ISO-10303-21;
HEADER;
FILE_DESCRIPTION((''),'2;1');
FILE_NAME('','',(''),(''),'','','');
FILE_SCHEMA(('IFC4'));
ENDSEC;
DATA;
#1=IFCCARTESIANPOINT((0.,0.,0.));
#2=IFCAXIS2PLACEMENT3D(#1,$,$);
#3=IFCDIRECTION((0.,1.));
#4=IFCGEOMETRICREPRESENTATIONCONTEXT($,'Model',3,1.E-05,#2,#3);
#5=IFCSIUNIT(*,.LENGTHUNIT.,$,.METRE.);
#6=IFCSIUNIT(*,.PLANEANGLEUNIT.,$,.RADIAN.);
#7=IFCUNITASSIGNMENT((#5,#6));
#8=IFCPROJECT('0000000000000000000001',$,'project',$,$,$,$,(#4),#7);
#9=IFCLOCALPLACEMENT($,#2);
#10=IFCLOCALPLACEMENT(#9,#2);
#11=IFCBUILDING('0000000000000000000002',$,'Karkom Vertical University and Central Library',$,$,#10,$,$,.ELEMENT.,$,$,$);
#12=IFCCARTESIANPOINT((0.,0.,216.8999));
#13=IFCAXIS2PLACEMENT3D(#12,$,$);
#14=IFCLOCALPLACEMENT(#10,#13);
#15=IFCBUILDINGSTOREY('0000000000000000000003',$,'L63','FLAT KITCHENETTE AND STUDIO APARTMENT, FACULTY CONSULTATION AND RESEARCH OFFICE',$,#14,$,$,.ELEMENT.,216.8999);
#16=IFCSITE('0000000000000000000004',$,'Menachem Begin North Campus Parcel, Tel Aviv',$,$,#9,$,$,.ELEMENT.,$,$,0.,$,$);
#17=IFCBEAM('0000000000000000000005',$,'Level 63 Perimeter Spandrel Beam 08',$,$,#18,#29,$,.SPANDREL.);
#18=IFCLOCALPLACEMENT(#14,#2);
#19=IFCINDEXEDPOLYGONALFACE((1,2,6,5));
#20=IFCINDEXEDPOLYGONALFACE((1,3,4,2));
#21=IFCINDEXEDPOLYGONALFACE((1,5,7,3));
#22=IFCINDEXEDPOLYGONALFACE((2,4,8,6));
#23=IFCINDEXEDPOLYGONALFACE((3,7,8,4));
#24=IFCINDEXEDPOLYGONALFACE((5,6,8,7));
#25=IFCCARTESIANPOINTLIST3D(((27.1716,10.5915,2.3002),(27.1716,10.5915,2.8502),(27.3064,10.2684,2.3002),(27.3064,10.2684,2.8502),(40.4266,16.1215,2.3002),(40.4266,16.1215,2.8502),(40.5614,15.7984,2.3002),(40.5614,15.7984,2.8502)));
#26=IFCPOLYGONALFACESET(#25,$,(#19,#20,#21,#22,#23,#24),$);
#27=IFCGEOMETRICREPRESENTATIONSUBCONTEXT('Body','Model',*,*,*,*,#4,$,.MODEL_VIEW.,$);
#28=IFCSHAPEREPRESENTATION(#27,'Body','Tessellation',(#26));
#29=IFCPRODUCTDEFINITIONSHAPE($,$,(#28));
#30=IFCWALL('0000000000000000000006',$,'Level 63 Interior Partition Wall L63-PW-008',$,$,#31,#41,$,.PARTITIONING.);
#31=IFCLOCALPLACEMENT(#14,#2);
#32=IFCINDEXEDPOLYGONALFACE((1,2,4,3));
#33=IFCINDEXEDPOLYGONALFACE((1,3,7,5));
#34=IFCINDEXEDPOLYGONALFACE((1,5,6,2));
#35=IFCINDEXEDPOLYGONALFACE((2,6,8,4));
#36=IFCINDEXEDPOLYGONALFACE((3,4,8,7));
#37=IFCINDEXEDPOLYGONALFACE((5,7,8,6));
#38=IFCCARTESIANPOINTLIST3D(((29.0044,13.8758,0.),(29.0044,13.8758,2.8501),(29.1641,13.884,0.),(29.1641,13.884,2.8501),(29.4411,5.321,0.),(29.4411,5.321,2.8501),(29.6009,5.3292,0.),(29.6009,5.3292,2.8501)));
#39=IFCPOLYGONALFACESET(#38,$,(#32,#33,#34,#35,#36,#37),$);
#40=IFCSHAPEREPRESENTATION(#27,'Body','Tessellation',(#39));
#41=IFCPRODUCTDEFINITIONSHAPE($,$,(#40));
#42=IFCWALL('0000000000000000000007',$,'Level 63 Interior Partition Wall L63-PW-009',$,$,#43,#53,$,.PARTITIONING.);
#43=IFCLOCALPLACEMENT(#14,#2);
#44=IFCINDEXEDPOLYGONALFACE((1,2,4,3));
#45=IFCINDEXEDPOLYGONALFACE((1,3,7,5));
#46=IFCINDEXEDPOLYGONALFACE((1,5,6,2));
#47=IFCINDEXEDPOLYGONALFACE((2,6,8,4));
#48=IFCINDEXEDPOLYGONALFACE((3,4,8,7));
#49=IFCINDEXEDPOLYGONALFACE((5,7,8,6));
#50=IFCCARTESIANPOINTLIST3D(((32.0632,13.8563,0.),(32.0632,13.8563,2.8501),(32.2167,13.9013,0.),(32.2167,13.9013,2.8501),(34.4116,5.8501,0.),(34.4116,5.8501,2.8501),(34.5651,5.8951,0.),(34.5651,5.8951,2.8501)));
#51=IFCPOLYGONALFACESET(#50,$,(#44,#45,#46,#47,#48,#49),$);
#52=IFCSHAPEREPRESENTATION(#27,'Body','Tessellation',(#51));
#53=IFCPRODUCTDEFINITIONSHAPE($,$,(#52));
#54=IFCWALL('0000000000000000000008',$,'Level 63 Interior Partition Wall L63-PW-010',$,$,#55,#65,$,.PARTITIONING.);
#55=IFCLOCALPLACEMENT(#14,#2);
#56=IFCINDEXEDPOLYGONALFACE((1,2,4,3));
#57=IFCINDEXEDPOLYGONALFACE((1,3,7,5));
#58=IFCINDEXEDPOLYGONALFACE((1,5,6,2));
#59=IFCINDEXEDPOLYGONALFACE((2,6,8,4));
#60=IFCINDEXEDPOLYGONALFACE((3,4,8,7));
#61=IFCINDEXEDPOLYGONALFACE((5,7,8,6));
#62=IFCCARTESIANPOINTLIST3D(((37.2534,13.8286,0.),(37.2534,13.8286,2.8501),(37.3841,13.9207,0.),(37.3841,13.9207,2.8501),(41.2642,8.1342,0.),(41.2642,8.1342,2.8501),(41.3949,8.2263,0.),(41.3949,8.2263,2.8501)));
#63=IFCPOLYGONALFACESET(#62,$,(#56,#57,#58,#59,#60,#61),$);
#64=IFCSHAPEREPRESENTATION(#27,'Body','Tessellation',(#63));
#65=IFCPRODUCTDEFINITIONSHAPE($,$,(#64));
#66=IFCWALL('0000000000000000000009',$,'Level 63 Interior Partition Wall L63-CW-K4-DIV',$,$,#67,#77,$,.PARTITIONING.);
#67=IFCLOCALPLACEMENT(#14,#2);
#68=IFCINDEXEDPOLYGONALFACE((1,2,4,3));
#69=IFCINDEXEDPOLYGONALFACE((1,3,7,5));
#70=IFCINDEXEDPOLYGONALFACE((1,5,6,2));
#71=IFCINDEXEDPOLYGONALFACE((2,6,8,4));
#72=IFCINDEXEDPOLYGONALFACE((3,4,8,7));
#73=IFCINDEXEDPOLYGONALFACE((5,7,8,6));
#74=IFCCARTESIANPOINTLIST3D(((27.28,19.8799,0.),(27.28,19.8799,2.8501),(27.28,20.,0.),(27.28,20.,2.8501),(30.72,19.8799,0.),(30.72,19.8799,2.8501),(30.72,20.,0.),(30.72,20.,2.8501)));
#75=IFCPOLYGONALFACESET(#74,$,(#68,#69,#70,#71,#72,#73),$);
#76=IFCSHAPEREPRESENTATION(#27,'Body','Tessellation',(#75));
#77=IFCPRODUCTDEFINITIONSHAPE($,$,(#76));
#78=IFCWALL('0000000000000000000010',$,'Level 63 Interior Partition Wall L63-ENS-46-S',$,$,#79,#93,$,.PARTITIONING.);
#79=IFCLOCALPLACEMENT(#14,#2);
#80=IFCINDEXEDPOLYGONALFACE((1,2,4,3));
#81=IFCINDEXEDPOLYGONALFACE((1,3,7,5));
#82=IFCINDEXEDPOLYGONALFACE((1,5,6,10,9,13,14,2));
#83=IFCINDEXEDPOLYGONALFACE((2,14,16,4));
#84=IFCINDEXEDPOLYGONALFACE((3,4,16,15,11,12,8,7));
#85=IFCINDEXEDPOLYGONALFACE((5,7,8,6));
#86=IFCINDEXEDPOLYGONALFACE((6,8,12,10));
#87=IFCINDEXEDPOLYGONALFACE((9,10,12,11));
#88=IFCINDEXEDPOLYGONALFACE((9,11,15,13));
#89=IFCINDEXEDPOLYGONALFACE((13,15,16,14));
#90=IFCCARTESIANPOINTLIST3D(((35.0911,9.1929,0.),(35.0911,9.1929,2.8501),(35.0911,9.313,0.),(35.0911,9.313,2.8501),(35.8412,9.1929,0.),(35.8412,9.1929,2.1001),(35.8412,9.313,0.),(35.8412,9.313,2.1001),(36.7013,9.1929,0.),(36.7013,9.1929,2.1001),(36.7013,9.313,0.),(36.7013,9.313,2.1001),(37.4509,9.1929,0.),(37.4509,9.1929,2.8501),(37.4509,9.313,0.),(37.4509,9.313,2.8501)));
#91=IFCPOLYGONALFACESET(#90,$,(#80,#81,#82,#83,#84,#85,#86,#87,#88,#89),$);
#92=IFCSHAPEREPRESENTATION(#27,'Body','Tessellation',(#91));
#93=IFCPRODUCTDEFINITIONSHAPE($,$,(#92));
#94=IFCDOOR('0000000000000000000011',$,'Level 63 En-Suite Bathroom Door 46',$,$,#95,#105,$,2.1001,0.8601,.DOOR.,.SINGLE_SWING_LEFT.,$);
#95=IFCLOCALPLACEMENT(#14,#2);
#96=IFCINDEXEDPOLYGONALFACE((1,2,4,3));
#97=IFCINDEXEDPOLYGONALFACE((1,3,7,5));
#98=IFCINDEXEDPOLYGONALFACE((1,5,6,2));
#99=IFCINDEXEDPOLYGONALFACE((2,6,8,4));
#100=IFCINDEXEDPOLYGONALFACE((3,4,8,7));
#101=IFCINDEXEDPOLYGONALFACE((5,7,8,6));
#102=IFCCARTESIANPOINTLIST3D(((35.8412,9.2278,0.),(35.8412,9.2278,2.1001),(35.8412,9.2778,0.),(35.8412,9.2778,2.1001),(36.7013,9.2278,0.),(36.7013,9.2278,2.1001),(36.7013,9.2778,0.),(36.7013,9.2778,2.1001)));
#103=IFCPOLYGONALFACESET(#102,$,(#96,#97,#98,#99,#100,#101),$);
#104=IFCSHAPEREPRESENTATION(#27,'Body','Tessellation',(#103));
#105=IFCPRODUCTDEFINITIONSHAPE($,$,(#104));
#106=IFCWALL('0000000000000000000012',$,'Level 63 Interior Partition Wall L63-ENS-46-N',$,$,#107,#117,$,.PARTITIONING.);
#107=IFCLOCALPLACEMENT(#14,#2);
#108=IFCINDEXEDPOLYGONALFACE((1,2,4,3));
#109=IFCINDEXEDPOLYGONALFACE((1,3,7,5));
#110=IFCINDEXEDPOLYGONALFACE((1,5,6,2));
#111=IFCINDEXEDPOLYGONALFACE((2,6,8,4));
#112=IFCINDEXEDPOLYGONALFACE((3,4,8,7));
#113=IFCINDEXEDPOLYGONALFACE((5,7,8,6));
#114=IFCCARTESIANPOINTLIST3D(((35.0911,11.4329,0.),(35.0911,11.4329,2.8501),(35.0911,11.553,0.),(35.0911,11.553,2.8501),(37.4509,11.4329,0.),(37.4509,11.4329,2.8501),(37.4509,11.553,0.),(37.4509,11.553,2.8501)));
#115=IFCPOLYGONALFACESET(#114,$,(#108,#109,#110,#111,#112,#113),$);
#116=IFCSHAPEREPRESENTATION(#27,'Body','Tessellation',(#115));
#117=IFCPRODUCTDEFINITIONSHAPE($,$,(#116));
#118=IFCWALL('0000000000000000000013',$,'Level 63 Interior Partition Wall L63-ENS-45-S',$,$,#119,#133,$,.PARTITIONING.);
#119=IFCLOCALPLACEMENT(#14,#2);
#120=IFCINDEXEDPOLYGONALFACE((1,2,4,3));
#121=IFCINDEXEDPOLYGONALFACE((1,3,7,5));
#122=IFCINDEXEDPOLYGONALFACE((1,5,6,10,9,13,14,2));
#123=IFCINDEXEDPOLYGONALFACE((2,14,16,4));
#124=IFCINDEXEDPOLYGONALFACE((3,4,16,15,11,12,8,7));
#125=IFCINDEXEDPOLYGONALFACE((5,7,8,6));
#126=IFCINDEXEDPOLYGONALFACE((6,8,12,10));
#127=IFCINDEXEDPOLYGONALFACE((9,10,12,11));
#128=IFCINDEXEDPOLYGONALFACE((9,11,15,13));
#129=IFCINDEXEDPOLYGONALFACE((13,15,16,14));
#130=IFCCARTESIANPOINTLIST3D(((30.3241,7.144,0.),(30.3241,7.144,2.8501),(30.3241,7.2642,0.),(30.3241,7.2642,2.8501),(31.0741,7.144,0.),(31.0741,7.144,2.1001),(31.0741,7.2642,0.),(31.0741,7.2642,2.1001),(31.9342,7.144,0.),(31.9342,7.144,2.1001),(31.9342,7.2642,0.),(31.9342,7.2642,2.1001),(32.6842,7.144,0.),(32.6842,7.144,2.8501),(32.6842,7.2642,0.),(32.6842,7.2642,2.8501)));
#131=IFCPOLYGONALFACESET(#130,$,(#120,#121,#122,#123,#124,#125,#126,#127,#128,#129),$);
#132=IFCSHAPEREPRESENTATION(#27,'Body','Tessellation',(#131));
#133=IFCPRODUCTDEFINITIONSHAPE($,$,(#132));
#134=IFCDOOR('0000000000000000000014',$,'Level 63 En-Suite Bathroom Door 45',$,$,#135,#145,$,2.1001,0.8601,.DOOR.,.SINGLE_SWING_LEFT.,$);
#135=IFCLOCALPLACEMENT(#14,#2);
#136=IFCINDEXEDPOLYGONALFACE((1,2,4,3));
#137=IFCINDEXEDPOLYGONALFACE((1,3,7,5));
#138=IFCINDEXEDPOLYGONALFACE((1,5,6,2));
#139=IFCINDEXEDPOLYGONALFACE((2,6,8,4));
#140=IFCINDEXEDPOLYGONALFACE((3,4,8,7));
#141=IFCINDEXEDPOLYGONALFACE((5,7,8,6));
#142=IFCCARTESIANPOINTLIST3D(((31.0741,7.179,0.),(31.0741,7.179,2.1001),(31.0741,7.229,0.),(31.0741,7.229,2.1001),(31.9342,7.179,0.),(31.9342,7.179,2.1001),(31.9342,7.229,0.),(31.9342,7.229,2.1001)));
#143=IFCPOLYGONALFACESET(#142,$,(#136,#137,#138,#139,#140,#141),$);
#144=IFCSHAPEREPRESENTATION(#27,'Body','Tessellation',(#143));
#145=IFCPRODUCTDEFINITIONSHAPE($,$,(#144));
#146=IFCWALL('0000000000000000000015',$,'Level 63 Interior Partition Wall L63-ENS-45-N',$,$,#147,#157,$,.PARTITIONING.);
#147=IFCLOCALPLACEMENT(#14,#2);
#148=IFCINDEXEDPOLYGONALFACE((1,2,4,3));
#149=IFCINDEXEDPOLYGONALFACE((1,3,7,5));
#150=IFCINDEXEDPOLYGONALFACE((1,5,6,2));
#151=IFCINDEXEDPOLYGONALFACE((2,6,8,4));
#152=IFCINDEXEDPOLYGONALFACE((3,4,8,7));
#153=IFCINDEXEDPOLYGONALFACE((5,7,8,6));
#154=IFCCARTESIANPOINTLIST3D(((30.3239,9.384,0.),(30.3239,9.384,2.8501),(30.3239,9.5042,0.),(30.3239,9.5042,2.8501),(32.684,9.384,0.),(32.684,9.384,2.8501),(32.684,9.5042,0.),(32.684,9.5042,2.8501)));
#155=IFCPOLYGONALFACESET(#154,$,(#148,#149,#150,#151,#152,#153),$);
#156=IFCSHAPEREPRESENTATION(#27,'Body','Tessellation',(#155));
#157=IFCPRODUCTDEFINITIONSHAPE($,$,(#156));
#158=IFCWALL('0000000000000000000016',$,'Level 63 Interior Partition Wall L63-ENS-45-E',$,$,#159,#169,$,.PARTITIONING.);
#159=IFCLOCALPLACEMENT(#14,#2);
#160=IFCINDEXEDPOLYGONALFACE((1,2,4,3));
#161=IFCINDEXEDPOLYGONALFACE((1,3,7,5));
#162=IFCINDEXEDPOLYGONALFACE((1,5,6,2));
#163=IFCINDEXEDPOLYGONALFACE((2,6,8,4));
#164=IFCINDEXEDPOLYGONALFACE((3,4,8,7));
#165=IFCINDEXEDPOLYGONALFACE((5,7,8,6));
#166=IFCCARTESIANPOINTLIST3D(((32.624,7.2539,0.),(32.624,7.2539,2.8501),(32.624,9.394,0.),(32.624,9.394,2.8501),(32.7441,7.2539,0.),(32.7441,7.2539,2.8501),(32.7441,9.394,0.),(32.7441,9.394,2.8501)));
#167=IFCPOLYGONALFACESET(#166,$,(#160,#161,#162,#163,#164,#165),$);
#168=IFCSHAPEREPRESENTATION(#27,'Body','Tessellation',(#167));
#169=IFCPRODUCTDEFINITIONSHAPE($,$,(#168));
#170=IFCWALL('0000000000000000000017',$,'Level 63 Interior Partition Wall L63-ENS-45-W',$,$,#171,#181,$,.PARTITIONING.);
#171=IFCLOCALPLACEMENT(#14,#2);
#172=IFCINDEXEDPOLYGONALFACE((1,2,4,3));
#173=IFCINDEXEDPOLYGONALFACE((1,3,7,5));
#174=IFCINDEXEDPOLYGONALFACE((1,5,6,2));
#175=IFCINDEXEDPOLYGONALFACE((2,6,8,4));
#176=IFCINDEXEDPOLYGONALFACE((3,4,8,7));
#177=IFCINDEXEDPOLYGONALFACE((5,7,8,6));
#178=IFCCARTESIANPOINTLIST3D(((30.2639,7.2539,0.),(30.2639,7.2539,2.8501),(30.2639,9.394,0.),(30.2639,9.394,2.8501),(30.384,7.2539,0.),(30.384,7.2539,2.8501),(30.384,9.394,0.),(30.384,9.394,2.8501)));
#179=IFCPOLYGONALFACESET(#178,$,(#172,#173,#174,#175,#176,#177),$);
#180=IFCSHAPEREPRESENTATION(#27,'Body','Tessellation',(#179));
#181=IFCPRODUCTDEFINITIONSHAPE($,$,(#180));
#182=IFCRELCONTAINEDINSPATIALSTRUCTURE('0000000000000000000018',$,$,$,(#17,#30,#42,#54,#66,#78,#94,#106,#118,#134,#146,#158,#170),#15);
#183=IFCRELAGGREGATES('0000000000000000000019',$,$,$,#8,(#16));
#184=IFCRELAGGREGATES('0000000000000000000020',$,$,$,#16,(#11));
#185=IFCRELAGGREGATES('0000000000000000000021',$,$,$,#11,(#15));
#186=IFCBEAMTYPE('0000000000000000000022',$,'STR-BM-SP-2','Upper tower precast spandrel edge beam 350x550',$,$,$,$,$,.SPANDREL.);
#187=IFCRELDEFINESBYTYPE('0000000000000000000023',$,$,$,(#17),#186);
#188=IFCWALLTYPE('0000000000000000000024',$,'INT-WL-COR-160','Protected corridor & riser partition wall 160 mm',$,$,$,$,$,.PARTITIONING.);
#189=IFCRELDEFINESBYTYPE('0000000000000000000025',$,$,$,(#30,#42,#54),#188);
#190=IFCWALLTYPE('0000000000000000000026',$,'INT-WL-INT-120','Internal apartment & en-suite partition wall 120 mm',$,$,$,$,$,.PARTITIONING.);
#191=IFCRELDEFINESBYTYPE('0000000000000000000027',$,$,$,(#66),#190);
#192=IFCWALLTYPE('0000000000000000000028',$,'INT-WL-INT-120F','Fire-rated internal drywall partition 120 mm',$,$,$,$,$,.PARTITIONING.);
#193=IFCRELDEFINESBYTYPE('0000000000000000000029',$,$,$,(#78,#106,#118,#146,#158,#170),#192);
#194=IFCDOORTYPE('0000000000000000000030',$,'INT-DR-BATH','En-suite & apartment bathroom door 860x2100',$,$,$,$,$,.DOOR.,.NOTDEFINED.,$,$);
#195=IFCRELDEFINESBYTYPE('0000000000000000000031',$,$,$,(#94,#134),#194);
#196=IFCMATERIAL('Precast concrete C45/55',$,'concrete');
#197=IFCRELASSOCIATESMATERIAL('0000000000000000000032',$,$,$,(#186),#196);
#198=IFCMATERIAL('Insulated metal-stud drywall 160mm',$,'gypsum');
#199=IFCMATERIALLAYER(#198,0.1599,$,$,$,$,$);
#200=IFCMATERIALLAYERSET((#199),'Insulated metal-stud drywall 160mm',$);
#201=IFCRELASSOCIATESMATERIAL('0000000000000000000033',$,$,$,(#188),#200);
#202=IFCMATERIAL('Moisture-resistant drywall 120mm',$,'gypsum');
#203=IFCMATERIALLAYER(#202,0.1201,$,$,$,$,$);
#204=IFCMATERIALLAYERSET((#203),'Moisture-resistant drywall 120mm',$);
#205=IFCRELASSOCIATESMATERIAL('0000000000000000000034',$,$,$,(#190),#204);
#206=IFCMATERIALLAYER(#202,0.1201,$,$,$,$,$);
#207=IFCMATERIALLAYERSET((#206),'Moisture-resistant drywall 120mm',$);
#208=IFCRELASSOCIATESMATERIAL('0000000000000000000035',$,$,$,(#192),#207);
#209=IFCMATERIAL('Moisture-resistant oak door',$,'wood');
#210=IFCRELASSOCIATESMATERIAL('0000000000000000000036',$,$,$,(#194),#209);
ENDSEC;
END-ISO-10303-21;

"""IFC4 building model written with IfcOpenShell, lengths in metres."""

from ifc_helpers import new_model, si_unit, direction, frame, frame_2d, origin, origin_with_axes, origin_2d, place, context, subcontext, project, spatial, rectangle, extrude, source, transform, mapped, material, layer, layer_set, material_profile, profile_set, type_object, element, fill, save


model = new_model("IFC4")

# Units and contexts
model_context = context("Model", 3, precision=1e-05, world=origin(), true_north=direction((0.0, 1.0)))
body_context = subcontext(model_context, "Body", "Model", "MODEL_VIEW")
ifc_project = project(units=[si_unit("LENGTHUNIT", "METRE"), si_unit("PLANEANGLEUNIT", "RADIAN")], contexts=[model_context])

# Site, building, storey
site_placement = place(None, origin())
site = spatial("IfcSite", under=ifc_project, at=site_placement, Name="Menachem Begin North Campus Parcel, Tel Aviv", CompositionType="ELEMENT", RefElevation=0.0)
building_placement = place(site_placement, origin())
building = spatial("IfcBuilding", under=site, at=building_placement, Name="Karkom Vertical University and Central Library", CompositionType="ELEMENT")
storey_placement = place(building_placement, frame((0.0, 0.0, 216.8999)))
storey = spatial("IfcBuildingStorey", under=building, at=storey_placement, Name="L63", Description="FLAT KITCHENETTE AND STUDIO APARTMENT, FACULTY CONSULTATION AND RESEARCH OFFICE", CompositionType="ELEMENT", Elevation=216.8999)

# Beam
ifc_material_1 = material(Name="Precast concrete C45/55", Category="concrete")
ifc_material_profile = material_profile(ifc_material_1, rectangle(XDim=0.3501, YDim=0.55, at=origin_2d()), Name="SPB-350x550")
ifc_profile_set = profile_set([ifc_material_profile], Name="Precast concrete C45/55")
beam_type = type_object("IfcBeamType", Name="STR-BM-SP-2", Description="Upper tower precast spandrel edge beam 350x550", PredefinedType="SPANDREL", material=ifc_profile_set)
shared_shape_1 = source(origin_with_axes(), body_context, "Body", "SweptSolid", [
    extrude(rectangle(XDim=0.3501, YDim=0.55, at=origin_2d()), origin(), (0.0, 0.0, 1.0), 14.3623),
])
beam_placement = place(storey_placement, frame((27.239, 10.4299, 2.5752), z_axis=(0.9229, 0.38504, 0.0), x_axis=(-0.38504, 0.9229, 0.0)))
element("IfcBeam", 1, at=beam_placement, inside=storey, type_object=beam_type, Name="Level 63 Perimeter Spandrel Beam 08", PredefinedType="SPANDREL", context=body_context, shape_type="MappedRepresentation", body=[
    mapped(shared_shape_1, transform((0.0, 0.0, 0.0), scale=1.0)),
])

# Walls
ifc_material_2 = material(Name="Insulated metal-stud drywall 160mm", Category="gypsum")
ifc_layer_1 = layer(ifc_material_2, 0.1599)
ifc_layer_set_1 = layer_set([ifc_layer_1], Name="Insulated metal-stud drywall 160mm")
wall_type_1 = type_object("IfcWallType", Name="INT-WL-COR-160", Description="Protected corridor & riser partition wall 160 mm", PredefinedType="PARTITIONING", material=ifc_layer_set_1)
wall_1_placement = place(storey_placement, frame((29.0842, 13.8799, 0.0), z_axis=(0.0, 0.0, 1.0), x_axis=(0.05099, -0.998699, 0.0)))
element("IfcWall", 2, at=wall_1_placement, inside=storey, type_object=wall_type_1, Name="Level 63 Interior Partition Wall L63-PW-008", PredefinedType="PARTITIONING", context=body_context, shape_type="SweptSolid", body=[
    extrude(rectangle(XDim=8.5659, YDim=0.1599, at=frame_2d((4.283, 0.0))), origin(), (0.0, 0.0, 1.0), 2.8501),
])
wall_2_placement = place(storey_placement, frame((32.1399, 13.8789, 0.0), z_axis=(0.0, 0.0, 1.0), x_axis=(0.281466, -0.959571, 0.0)))
element("IfcWall", 3, at=wall_2_placement, inside=storey, type_object=wall_type_1, Name="Level 63 Interior Partition Wall L63-PW-009", PredefinedType="PARTITIONING", context=body_context, shape_type="SweptSolid", body=[
    extrude(rectangle(XDim=8.3435, YDim=0.1599, at=frame_2d((4.1719, 0.0))), origin(), (0.0, 0.0, 1.0), 2.8501),
])
wall_3_placement = place(storey_placement, frame((37.3188, 13.8745, 0.0), z_axis=(0.0, 0.0, 1.0), x_axis=(0.575841, -0.817562, 0.0)))
element("IfcWall", 4, at=wall_3_placement, inside=storey, type_object=wall_type_1, Name="Level 63 Interior Partition Wall L63-PW-010", PredefinedType="PARTITIONING", context=body_context, shape_type="SweptSolid", body=[
    extrude(rectangle(XDim=6.9651, YDim=0.1599, at=frame_2d((3.4824, 0.0))), origin(), (0.0, 0.0, 1.0), 2.8501),
])
ifc_material_3 = material(Name="Moisture-resistant drywall 120mm", Category="gypsum")
ifc_layer_2 = layer(ifc_material_3, 0.1201)
ifc_layer_set_2 = layer_set([ifc_layer_2], Name="Moisture-resistant drywall 120mm")
wall_type_2 = type_object("IfcWallType", Name="INT-WL-INT-120", Description="Internal apartment & en-suite partition wall 120 mm", PredefinedType="PARTITIONING", material=ifc_layer_set_2)
wall_4_placement = place(storey_placement, frame((27.28, 19.9399, 0.0), z_axis=(0.0, 0.0, 1.0), x_axis=(1.0, 0.0, 0.0)))
element("IfcWall", 5, at=wall_4_placement, inside=storey, type_object=wall_type_2, Name="Level 63 Interior Partition Wall L63-CW-K4-DIV", PredefinedType="PARTITIONING", context=body_context, shape_type="SweptSolid", body=[
    extrude(rectangle(XDim=3.4399, YDim=0.1201, at=frame_2d((1.72, 0.0))), origin(), (0.0, 0.0, 1.0), 2.8501),
])

# Wall, opening, door
ifc_layer_3 = layer(ifc_material_3, 0.1201)
ifc_layer_set_3 = layer_set([ifc_layer_3], Name="Moisture-resistant drywall 120mm")
wall_type_3 = type_object("IfcWallType", Name="INT-WL-INT-120F", Description="Fire-rated internal drywall partition 120 mm", PredefinedType="PARTITIONING", material=ifc_layer_set_3)
wall_5_placement = place(storey_placement, frame((35.0911, 9.2529, 0.0), z_axis=(0.0, 0.0, 1.0), x_axis=(1.0, 0.0, 0.0)))
wall_5 = element("IfcWall", 6, at=wall_5_placement, inside=storey, type_object=wall_type_3, Name="Level 63 Interior Partition Wall L63-ENS-46-S", PredefinedType="PARTITIONING", context=body_context, shape_type="SweptSolid", body=[
    extrude(rectangle(XDim=2.3599, YDim=0.1201, at=frame_2d((1.1799, 0.0))), origin(), (0.0, 0.0, 1.0), 2.8501),
])
opening_1_placement = place(wall_5_placement, frame((0.75, 0.0, 0.0)))
opening_1 = element("IfcOpeningElement", 7, at=opening_1_placement, cuts=wall_5, PredefinedType="OPENING", context=body_context, shape_type="SweptSolid", body=[
    extrude(rectangle(XDim=0.8601, YDim=2.1001, at=frame_2d((0.4302, 1.05))), frame((0.0, 0.0701, 0.0), z_axis=(0.0, -1.0, 0.0), x_axis=(1.0, 0.0, 0.0)), (0.0, 0.0, 1.0), 0.1401),
])
ifc_material_4 = material(Name="Moisture-resistant oak door", Category="wood")
door_type_1 = type_object("IfcDoorType", Name="INT-DR-BATH", Description="En-suite & apartment bathroom door 860x2100", OperationType="NOTDEFINED", PredefinedType="DOOR", material=ifc_material_4)
shared_shape_2 = source(origin_with_axes(), body_context, "Body", "SweptSolid", [
    extrude(rectangle(XDim=0.8601, YDim=2.1001, at=frame_2d((0.4302, 1.05))), frame((0.0, 0.0249, 0.0), z_axis=(0.0, -1.0, 0.0), x_axis=(1.0, 0.0, 0.0)), (0.0, 0.0, 1.0), 0.05),
])
door_1_placement = place(opening_1_placement, origin())
door_1 = element("IfcDoor", 8, at=door_1_placement, inside=storey, type_object=door_type_1, Name="Level 63 En-Suite Bathroom Door 46", OperationType="SINGLE_SWING_LEFT", OverallHeight=2.1001, OverallWidth=0.8601, PredefinedType="DOOR", context=body_context, shape_type="MappedRepresentation", body=[
    mapped(shared_shape_2, transform((0.0, 0.0, 0.0), scale=1.0)),
])
fill(opening_1, door_1)

# Wall
wall_6_placement = place(storey_placement, frame((37.4509, 11.4929, 0.0), z_axis=(0.0, 0.0, 1.0), x_axis=(-1.0, 0.0, 0.0)))
element("IfcWall", 9, at=wall_6_placement, inside=storey, type_object=wall_type_3, Name="Level 63 Interior Partition Wall L63-ENS-46-N", PredefinedType="PARTITIONING", context=body_context, shape_type="SweptSolid", body=[
    extrude(rectangle(XDim=2.3599, YDim=0.1201, at=frame_2d((1.1799, 0.0))), origin(), (0.0, 0.0, 1.0), 2.8501),
])

# Wall, opening, door
wall_7_placement = place(storey_placement, frame((30.324, 7.2041, 0.0), z_axis=(0.0, 0.0, 1.0), x_axis=(1.0, 0.0, 0.0)))
wall_7 = element("IfcWall", 10, at=wall_7_placement, inside=storey, type_object=wall_type_3, Name="Level 63 Interior Partition Wall L63-ENS-45-S", PredefinedType="PARTITIONING", context=body_context, shape_type="SweptSolid", body=[
    extrude(rectangle(XDim=2.3601, YDim=0.1201, at=frame_2d((1.1802, 0.0))), origin(), (0.0, 0.0, 1.0), 2.8501),
])
opening_2_placement = place(wall_7_placement, frame((0.75, 0.0, 0.0)))
opening_2 = element("IfcOpeningElement", 11, at=opening_2_placement, cuts=wall_7, PredefinedType="OPENING", context=body_context, shape_type="SweptSolid", body=[
    extrude(rectangle(XDim=0.8601, YDim=2.1001, at=frame_2d((0.4302, 1.05))), frame((0.0, 0.0701, 0.0), z_axis=(0.0, -1.0, 0.0), x_axis=(1.0, 0.0, 0.0)), (0.0, 0.0, 1.0), 0.1401),
])
door_2_placement = place(opening_2_placement, origin())
door_2 = element("IfcDoor", 12, at=door_2_placement, inside=storey, type_object=door_type_1, Name="Level 63 En-Suite Bathroom Door 45", OperationType="SINGLE_SWING_LEFT", OverallHeight=2.1001, OverallWidth=0.8601, PredefinedType="DOOR", context=body_context, shape_type="MappedRepresentation", body=[
    mapped(shared_shape_2, transform((0.0, 0.0, 0.0), scale=1.0)),
])
fill(opening_2, door_2)

# Walls
wall_8_placement = place(storey_placement, frame((32.6841, 9.4441, 0.0), z_axis=(0.0, 0.0, 1.0), x_axis=(-1.0, 0.0, 0.0)))
element("IfcWall", 13, at=wall_8_placement, inside=storey, type_object=wall_type_3, Name="Level 63 Interior Partition Wall L63-ENS-45-N", PredefinedType="PARTITIONING", context=body_context, shape_type="SweptSolid", body=[
    extrude(rectangle(XDim=2.3601, YDim=0.1201, at=frame_2d((1.1802, 0.0))), origin(), (0.0, 0.0, 1.0), 2.8501),
])
for number, where, z_axis, x_axis, name in (
    (14, (32.6841, 7.2539, 0.0), (0.0, 0.0, 1.0), (0.0, 1.0, 0.0), "Level 63 Interior Partition Wall L63-ENS-45-E"),
    (15, (30.324, 9.394, 0.0), (0.0, 0.0, 1.0), (0.0, -1.0, 0.0), "Level 63 Interior Partition Wall L63-ENS-45-W"),
):
    element("IfcWall", number, at=place(storey_placement, frame(where, z_axis=z_axis, x_axis=x_axis)), inside=storey, type_object=wall_type_3, Name=name, PredefinedType="PARTITIONING", context=body_context, shape_type="SweptSolid", body=[
        extrude(rectangle(XDim=2.1401, YDim=0.1201, at=frame_2d((1.0701, 0.0))), origin(), (0.0, 0.0, 1.0), 2.8501),
    ])

save(model, "model.ifc")
